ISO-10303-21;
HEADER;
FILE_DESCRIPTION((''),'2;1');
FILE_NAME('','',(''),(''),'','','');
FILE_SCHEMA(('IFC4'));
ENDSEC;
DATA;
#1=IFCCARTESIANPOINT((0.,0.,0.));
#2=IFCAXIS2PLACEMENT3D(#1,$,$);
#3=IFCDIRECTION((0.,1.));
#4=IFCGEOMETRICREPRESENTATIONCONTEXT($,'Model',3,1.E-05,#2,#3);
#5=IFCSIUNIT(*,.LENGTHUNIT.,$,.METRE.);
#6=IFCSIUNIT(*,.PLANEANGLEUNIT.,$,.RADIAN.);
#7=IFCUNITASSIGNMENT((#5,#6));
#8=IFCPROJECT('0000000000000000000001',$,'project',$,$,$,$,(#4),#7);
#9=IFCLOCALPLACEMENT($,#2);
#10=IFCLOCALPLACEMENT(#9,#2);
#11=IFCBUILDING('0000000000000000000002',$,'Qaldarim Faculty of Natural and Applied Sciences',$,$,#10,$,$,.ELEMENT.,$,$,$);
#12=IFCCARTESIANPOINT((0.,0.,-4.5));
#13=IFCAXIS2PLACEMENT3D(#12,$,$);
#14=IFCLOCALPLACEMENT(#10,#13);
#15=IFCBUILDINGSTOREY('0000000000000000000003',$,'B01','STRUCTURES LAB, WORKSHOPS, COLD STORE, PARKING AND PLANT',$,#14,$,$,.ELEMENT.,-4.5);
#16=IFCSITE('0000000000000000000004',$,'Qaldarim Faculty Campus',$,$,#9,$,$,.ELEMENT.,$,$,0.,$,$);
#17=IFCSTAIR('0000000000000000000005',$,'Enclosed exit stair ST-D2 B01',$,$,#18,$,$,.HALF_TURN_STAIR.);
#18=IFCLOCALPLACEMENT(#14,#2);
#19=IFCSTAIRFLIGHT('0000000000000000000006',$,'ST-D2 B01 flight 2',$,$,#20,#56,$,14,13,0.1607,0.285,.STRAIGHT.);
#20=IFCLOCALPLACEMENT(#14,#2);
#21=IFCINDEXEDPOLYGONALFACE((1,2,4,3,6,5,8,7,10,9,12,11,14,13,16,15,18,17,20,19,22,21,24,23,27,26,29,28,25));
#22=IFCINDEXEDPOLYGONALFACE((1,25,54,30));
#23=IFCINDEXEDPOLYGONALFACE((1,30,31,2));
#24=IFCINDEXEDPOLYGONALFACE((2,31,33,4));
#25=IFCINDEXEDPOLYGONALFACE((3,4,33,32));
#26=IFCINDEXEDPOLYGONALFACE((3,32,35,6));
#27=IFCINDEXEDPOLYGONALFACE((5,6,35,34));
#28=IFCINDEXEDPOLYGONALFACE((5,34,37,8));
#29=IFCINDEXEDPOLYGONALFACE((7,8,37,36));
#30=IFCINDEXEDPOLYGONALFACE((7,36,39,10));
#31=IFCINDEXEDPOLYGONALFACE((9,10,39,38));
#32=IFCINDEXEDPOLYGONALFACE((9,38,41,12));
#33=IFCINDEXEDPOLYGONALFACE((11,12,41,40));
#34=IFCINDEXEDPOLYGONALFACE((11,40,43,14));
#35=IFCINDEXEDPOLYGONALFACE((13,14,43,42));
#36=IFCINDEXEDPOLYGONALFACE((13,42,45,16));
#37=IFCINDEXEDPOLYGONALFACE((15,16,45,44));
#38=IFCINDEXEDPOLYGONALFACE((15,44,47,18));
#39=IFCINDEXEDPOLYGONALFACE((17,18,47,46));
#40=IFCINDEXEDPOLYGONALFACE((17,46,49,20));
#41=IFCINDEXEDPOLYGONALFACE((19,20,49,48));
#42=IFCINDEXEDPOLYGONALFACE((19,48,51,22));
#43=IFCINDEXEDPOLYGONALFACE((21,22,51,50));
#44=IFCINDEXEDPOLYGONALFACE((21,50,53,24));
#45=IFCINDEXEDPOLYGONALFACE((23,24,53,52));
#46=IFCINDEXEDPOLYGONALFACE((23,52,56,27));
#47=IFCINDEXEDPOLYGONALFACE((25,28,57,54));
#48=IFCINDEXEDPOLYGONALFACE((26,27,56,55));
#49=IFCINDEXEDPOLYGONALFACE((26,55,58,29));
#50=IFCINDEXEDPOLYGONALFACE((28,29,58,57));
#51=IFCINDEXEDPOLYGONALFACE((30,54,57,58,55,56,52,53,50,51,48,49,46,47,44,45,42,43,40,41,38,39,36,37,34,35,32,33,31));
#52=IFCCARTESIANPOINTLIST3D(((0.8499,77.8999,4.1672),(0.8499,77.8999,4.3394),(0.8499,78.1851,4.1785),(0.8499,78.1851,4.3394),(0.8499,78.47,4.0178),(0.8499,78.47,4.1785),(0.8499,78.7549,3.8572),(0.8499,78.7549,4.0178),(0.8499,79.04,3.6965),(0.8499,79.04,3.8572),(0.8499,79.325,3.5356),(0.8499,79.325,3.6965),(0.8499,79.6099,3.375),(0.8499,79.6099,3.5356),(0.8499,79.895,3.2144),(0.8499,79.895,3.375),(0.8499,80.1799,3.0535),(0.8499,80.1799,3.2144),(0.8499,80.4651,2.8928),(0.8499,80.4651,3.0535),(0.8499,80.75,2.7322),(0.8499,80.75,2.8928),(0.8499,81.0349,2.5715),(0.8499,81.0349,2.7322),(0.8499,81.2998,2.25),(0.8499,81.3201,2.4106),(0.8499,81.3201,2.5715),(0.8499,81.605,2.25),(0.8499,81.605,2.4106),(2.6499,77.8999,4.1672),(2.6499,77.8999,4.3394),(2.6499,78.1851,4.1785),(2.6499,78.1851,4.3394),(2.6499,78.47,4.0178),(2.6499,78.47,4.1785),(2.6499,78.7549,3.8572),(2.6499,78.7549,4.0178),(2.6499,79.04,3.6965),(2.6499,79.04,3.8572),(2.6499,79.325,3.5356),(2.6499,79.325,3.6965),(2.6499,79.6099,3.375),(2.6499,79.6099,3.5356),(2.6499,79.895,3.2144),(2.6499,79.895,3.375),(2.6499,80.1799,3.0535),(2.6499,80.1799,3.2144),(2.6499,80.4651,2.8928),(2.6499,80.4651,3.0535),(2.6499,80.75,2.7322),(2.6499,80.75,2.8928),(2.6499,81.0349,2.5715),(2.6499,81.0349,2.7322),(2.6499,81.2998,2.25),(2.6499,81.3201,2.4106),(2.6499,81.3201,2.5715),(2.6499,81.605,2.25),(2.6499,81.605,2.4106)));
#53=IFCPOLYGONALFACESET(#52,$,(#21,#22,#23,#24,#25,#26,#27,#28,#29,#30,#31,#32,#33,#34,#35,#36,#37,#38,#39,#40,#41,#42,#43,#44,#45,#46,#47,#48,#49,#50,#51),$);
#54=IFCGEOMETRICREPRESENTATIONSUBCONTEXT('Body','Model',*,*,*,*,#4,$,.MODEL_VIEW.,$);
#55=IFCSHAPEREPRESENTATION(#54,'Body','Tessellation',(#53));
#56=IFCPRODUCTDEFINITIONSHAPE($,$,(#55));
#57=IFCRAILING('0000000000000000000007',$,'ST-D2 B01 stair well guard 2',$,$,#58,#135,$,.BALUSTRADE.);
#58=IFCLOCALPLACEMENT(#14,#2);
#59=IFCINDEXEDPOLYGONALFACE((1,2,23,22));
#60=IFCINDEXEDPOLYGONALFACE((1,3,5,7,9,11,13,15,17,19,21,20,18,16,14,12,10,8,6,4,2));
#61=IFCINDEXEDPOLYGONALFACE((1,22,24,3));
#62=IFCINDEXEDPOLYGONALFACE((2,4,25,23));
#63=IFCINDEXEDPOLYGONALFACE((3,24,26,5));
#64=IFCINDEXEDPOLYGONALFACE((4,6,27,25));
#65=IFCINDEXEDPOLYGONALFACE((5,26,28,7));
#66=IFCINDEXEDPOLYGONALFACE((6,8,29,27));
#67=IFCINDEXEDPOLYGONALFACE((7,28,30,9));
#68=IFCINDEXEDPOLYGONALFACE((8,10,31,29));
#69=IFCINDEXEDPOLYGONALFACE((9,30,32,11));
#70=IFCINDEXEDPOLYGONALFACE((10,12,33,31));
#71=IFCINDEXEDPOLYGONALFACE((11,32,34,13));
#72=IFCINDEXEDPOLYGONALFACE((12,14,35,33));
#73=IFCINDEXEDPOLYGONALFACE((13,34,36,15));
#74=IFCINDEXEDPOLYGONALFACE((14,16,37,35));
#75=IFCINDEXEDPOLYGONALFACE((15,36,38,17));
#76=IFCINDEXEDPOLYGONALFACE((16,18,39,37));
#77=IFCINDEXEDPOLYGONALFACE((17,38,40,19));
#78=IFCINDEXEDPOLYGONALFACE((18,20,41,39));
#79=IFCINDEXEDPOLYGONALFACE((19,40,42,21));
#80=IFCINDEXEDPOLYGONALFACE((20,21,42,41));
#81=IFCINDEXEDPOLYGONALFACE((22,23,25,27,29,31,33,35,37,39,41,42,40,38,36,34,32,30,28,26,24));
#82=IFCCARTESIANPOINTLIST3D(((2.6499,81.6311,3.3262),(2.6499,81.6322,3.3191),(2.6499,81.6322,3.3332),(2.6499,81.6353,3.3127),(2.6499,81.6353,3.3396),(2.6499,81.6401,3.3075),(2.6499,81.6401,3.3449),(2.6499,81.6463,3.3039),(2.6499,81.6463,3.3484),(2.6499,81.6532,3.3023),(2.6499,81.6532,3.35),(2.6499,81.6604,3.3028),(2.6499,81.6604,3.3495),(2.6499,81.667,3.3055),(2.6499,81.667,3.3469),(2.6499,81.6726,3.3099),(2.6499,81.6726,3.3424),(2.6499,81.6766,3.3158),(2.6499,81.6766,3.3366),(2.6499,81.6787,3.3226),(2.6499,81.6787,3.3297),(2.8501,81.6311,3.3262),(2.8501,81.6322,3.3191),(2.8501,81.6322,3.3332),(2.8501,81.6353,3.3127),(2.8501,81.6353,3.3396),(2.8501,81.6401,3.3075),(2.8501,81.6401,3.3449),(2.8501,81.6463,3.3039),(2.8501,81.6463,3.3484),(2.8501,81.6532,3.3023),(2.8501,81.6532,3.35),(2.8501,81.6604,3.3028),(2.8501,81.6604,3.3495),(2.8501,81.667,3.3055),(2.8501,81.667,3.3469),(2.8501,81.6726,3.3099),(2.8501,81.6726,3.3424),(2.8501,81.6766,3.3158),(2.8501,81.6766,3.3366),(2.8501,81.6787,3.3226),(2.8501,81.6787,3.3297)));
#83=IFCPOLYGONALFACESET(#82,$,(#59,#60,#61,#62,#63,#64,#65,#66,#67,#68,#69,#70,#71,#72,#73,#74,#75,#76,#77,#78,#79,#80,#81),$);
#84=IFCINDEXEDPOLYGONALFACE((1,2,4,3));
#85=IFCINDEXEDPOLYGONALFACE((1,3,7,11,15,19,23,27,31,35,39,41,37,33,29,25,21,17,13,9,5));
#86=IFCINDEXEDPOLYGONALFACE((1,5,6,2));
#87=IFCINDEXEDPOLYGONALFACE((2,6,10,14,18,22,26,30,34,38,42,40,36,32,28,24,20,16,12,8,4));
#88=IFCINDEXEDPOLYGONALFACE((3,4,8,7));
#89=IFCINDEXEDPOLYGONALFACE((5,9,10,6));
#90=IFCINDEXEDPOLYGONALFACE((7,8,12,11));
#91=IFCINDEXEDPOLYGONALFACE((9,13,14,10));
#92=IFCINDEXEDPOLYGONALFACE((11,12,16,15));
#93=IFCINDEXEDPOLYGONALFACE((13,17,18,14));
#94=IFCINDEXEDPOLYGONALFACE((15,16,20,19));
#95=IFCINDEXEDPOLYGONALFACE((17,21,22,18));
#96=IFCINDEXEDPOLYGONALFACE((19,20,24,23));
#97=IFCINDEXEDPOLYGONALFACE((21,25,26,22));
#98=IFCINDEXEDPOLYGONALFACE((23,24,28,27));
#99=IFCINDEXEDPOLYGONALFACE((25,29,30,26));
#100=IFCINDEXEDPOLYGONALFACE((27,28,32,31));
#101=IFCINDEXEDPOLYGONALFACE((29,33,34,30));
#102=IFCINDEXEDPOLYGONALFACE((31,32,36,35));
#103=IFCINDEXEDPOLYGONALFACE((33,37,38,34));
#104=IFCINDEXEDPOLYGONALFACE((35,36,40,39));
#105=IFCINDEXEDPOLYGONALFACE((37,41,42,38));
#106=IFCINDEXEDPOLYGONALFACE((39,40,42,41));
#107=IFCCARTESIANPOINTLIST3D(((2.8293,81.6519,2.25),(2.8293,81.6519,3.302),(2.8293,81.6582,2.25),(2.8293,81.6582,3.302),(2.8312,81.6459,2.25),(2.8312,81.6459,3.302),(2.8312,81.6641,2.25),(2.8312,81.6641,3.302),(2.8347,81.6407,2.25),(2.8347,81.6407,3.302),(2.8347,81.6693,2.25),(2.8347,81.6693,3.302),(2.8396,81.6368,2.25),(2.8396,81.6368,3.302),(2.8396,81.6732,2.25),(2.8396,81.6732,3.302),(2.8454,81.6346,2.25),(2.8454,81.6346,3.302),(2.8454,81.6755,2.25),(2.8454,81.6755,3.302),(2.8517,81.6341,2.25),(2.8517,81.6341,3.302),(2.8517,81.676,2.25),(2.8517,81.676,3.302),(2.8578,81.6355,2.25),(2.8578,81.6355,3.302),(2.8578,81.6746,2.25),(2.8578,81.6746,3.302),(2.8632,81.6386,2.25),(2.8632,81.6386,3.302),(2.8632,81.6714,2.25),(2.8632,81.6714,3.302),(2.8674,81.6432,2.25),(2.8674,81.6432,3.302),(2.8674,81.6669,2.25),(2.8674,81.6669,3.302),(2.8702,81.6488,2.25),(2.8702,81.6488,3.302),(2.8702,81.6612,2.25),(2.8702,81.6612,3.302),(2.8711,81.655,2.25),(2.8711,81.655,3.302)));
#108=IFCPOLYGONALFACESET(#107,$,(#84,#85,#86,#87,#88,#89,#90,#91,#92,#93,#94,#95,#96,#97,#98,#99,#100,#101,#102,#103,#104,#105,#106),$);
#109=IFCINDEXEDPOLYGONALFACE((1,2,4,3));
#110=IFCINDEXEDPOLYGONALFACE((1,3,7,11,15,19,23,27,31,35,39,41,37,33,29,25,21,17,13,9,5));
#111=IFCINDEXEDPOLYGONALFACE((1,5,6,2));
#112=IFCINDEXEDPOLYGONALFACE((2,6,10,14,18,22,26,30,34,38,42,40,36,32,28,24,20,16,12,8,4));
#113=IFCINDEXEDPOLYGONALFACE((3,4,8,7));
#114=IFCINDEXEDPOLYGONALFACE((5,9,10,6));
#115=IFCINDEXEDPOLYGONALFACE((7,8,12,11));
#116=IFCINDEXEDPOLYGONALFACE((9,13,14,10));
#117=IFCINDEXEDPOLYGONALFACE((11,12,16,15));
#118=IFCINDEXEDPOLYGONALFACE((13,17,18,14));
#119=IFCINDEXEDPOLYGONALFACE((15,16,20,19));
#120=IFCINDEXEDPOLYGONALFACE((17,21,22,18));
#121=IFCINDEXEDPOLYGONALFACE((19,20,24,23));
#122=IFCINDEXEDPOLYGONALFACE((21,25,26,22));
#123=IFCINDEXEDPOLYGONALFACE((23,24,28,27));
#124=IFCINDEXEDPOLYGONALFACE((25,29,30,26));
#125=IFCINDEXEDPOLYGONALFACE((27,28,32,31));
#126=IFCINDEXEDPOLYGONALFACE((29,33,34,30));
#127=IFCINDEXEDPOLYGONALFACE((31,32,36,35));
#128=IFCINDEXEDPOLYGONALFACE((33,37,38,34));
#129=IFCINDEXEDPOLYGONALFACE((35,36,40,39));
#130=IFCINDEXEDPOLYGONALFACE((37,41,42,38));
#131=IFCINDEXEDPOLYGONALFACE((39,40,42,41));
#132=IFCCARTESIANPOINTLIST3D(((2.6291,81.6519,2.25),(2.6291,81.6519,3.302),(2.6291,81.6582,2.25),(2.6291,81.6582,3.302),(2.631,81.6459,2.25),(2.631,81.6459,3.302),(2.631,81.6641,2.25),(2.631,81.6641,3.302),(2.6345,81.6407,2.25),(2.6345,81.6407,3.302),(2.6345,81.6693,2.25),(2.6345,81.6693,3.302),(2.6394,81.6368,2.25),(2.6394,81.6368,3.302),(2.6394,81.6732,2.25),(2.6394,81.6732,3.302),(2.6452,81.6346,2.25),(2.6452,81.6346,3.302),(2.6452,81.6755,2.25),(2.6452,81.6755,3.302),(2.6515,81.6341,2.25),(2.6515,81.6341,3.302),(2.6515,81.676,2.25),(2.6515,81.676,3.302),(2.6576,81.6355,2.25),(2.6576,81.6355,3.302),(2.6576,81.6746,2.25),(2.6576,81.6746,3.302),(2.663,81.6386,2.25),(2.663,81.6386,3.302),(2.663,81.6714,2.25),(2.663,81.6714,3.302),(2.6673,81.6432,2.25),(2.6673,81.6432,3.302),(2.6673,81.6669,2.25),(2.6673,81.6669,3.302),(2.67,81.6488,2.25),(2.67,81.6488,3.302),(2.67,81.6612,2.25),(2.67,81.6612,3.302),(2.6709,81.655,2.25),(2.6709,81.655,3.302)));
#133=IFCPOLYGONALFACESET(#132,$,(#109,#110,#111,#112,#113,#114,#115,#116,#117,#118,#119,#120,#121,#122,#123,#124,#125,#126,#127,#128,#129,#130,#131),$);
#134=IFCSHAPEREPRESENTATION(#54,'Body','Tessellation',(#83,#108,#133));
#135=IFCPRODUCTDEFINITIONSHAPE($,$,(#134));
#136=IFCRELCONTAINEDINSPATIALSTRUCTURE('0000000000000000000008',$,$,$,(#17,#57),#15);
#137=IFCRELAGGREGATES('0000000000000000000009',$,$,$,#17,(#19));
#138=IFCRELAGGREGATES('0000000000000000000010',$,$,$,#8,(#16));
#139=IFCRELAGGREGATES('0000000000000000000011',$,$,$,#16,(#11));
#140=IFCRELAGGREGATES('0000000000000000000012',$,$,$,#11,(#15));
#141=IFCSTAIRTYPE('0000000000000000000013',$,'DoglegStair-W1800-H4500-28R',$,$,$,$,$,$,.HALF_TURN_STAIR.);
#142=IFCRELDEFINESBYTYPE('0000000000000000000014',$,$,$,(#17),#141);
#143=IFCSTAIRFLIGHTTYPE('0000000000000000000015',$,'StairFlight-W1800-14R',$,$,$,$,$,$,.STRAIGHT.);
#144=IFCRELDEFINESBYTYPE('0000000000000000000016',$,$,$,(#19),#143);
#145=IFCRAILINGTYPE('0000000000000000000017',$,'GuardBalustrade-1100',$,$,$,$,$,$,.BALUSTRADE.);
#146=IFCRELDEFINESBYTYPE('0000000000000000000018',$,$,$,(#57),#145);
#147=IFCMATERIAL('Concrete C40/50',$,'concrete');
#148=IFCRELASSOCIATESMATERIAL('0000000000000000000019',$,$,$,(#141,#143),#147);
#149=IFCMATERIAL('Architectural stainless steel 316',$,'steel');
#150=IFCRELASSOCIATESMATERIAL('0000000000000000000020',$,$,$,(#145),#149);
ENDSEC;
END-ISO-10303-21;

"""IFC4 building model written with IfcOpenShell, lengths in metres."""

from ifc_helpers import new_model, si_unit, direction, frame, origin, origin_2d, place, context, subcontext, project, spatial, polyline, circle, outline, extrude, material, type_object, element, aggregate, save


model = new_model("IFC4")

# Units and contexts
model_context = context("Model", 3, precision=1e-05, world=origin(), true_north=direction((0.0, 1.0)))
body_context = subcontext(model_context, "Body", "Model", "MODEL_VIEW")
ifc_project = project(units=[si_unit("LENGTHUNIT", "METRE"), si_unit("PLANEANGLEUNIT", "RADIAN")], contexts=[model_context])

# Site, building, storey
site_placement = place(None, origin())
site = spatial("IfcSite", under=ifc_project, at=site_placement, Name="Qaldarim Faculty Campus", CompositionType="ELEMENT", RefElevation=0.0)
building_placement = place(site_placement, origin())
building = spatial("IfcBuilding", under=site, at=building_placement, Name="Qaldarim Faculty of Natural and Applied Sciences", CompositionType="ELEMENT")
storey_placement = place(building_placement, frame((0.0, 0.0, -4.5)))
storey = spatial("IfcBuildingStorey", under=building, at=storey_placement, Name="B01", Description="STRUCTURES LAB, WORKSHOPS, COLD STORE, PARKING AND PLANT", CompositionType="ELEMENT", Elevation=-4.5)

# Shared definitions
ifc_material_1 = material(Name="Concrete C40/50", Category="concrete")

# Stair, stair flight
stair_type = type_object("IfcStairType", Name="DoglegStair-W1800-H4500-28R", PredefinedType="HALF_TURN_STAIR", material=ifc_material_1)
stair_placement = place(storey_placement, origin())
stair = element("IfcStair", 1, at=stair_placement, inside=storey, type_object=stair_type, Name="Enclosed exit stair ST-D2 B01", PredefinedType="HALF_TURN_STAIR")
stair_flight_type = type_object("IfcStairFlightType", Name="StairFlight-W1800-14R", PredefinedType="STRAIGHT", material=ifc_material_1)
stair_flight_placement = place(storey_placement, frame((1.75, 81.605, 2.25), z_axis=(0.0, 0.0, 1.0), x_axis=(0.0, -1.0, 0.0)))
stair_flight = element("IfcStairFlight", 2, at=stair_flight_placement, type_object=stair_flight_type, Name="ST-D2 B01 flight 2", NumberOfRisers=14, NumberOfTreads=13, PredefinedType="STRAIGHT", RiserHeight=0.1607, TreadLength=0.285, context=body_context, shape_type="SweptSolid", body=[
    extrude(outline(polyline([(0.0, 0.0), (0.0, 0.1606), (0.2849, 0.1606), (0.2849, 0.3215), (0.5701, 0.3215), (0.5701, 0.4822), (0.855, 0.4822), (0.855, 0.6428), (1.1399, 0.6428), (1.1399, 0.8035), (1.425, 0.8035), (1.425, 0.9644), (1.71, 0.9644), (1.71, 1.125), (1.9951, 1.125), (1.9951, 1.2856), (2.28, 1.2856), (2.28, 1.4465), (2.5649, 1.4465), (2.5649, 1.6072), (2.8501, 1.6072), (2.8501, 1.7678), (3.135, 1.7678), (3.135, 1.9285), (3.4199, 1.9285), (3.4199, 2.0894), (3.7051, 2.0894), (3.7051, 2.25), (3.7051, 1.9172), (0.3052, 0.0), (0.0, 0.0)])), frame((0.0, 0.8999, 0.0), z_axis=(0.0, -1.0, 0.0), x_axis=(1.0, 0.0, 0.0)), (0.0, 0.0, 1.0), 1.8),
])
aggregate(stair, [stair_flight])

# Railing
ifc_material_2 = material(Name="Architectural stainless steel 316", Category="steel")
railing_type_1 = type_object("IfcRailingType", Name="GuardBalustrade-1100", PredefinedType="BALUSTRADE", material=ifc_material_2)
railing_1_placement = place(storey_placement, frame((2.8501, 81.655, 2.25)))
element("IfcRailing", 3, at=railing_1_placement, inside=storey, type_object=railing_type_1, Name="ST-D2 B01 stair well guard 2", PredefinedType="BALUSTRADE", context=body_context, shape_type="SweptSolid", body=[
    extrude(circle(Radius=0.0239, at=origin_2d()), frame((0.0, 0.0, 1.0762), z_axis=(-1.0, 0.0, 0.0), x_axis=(0.0, -1.0, 0.0)), (0.0, 0.0, 1.0), 0.2002),
    extrude(circle(Radius=0.021, at=origin_2d()), origin(), (0.0, 0.0, 1.0), 1.052),
    extrude(circle(Radius=0.021, at=origin_2d()), frame((-0.2002, 0.0, 0.0)), (0.0, 0.0, 1.0), 1.052),
])

save(model, "model.ifc")
